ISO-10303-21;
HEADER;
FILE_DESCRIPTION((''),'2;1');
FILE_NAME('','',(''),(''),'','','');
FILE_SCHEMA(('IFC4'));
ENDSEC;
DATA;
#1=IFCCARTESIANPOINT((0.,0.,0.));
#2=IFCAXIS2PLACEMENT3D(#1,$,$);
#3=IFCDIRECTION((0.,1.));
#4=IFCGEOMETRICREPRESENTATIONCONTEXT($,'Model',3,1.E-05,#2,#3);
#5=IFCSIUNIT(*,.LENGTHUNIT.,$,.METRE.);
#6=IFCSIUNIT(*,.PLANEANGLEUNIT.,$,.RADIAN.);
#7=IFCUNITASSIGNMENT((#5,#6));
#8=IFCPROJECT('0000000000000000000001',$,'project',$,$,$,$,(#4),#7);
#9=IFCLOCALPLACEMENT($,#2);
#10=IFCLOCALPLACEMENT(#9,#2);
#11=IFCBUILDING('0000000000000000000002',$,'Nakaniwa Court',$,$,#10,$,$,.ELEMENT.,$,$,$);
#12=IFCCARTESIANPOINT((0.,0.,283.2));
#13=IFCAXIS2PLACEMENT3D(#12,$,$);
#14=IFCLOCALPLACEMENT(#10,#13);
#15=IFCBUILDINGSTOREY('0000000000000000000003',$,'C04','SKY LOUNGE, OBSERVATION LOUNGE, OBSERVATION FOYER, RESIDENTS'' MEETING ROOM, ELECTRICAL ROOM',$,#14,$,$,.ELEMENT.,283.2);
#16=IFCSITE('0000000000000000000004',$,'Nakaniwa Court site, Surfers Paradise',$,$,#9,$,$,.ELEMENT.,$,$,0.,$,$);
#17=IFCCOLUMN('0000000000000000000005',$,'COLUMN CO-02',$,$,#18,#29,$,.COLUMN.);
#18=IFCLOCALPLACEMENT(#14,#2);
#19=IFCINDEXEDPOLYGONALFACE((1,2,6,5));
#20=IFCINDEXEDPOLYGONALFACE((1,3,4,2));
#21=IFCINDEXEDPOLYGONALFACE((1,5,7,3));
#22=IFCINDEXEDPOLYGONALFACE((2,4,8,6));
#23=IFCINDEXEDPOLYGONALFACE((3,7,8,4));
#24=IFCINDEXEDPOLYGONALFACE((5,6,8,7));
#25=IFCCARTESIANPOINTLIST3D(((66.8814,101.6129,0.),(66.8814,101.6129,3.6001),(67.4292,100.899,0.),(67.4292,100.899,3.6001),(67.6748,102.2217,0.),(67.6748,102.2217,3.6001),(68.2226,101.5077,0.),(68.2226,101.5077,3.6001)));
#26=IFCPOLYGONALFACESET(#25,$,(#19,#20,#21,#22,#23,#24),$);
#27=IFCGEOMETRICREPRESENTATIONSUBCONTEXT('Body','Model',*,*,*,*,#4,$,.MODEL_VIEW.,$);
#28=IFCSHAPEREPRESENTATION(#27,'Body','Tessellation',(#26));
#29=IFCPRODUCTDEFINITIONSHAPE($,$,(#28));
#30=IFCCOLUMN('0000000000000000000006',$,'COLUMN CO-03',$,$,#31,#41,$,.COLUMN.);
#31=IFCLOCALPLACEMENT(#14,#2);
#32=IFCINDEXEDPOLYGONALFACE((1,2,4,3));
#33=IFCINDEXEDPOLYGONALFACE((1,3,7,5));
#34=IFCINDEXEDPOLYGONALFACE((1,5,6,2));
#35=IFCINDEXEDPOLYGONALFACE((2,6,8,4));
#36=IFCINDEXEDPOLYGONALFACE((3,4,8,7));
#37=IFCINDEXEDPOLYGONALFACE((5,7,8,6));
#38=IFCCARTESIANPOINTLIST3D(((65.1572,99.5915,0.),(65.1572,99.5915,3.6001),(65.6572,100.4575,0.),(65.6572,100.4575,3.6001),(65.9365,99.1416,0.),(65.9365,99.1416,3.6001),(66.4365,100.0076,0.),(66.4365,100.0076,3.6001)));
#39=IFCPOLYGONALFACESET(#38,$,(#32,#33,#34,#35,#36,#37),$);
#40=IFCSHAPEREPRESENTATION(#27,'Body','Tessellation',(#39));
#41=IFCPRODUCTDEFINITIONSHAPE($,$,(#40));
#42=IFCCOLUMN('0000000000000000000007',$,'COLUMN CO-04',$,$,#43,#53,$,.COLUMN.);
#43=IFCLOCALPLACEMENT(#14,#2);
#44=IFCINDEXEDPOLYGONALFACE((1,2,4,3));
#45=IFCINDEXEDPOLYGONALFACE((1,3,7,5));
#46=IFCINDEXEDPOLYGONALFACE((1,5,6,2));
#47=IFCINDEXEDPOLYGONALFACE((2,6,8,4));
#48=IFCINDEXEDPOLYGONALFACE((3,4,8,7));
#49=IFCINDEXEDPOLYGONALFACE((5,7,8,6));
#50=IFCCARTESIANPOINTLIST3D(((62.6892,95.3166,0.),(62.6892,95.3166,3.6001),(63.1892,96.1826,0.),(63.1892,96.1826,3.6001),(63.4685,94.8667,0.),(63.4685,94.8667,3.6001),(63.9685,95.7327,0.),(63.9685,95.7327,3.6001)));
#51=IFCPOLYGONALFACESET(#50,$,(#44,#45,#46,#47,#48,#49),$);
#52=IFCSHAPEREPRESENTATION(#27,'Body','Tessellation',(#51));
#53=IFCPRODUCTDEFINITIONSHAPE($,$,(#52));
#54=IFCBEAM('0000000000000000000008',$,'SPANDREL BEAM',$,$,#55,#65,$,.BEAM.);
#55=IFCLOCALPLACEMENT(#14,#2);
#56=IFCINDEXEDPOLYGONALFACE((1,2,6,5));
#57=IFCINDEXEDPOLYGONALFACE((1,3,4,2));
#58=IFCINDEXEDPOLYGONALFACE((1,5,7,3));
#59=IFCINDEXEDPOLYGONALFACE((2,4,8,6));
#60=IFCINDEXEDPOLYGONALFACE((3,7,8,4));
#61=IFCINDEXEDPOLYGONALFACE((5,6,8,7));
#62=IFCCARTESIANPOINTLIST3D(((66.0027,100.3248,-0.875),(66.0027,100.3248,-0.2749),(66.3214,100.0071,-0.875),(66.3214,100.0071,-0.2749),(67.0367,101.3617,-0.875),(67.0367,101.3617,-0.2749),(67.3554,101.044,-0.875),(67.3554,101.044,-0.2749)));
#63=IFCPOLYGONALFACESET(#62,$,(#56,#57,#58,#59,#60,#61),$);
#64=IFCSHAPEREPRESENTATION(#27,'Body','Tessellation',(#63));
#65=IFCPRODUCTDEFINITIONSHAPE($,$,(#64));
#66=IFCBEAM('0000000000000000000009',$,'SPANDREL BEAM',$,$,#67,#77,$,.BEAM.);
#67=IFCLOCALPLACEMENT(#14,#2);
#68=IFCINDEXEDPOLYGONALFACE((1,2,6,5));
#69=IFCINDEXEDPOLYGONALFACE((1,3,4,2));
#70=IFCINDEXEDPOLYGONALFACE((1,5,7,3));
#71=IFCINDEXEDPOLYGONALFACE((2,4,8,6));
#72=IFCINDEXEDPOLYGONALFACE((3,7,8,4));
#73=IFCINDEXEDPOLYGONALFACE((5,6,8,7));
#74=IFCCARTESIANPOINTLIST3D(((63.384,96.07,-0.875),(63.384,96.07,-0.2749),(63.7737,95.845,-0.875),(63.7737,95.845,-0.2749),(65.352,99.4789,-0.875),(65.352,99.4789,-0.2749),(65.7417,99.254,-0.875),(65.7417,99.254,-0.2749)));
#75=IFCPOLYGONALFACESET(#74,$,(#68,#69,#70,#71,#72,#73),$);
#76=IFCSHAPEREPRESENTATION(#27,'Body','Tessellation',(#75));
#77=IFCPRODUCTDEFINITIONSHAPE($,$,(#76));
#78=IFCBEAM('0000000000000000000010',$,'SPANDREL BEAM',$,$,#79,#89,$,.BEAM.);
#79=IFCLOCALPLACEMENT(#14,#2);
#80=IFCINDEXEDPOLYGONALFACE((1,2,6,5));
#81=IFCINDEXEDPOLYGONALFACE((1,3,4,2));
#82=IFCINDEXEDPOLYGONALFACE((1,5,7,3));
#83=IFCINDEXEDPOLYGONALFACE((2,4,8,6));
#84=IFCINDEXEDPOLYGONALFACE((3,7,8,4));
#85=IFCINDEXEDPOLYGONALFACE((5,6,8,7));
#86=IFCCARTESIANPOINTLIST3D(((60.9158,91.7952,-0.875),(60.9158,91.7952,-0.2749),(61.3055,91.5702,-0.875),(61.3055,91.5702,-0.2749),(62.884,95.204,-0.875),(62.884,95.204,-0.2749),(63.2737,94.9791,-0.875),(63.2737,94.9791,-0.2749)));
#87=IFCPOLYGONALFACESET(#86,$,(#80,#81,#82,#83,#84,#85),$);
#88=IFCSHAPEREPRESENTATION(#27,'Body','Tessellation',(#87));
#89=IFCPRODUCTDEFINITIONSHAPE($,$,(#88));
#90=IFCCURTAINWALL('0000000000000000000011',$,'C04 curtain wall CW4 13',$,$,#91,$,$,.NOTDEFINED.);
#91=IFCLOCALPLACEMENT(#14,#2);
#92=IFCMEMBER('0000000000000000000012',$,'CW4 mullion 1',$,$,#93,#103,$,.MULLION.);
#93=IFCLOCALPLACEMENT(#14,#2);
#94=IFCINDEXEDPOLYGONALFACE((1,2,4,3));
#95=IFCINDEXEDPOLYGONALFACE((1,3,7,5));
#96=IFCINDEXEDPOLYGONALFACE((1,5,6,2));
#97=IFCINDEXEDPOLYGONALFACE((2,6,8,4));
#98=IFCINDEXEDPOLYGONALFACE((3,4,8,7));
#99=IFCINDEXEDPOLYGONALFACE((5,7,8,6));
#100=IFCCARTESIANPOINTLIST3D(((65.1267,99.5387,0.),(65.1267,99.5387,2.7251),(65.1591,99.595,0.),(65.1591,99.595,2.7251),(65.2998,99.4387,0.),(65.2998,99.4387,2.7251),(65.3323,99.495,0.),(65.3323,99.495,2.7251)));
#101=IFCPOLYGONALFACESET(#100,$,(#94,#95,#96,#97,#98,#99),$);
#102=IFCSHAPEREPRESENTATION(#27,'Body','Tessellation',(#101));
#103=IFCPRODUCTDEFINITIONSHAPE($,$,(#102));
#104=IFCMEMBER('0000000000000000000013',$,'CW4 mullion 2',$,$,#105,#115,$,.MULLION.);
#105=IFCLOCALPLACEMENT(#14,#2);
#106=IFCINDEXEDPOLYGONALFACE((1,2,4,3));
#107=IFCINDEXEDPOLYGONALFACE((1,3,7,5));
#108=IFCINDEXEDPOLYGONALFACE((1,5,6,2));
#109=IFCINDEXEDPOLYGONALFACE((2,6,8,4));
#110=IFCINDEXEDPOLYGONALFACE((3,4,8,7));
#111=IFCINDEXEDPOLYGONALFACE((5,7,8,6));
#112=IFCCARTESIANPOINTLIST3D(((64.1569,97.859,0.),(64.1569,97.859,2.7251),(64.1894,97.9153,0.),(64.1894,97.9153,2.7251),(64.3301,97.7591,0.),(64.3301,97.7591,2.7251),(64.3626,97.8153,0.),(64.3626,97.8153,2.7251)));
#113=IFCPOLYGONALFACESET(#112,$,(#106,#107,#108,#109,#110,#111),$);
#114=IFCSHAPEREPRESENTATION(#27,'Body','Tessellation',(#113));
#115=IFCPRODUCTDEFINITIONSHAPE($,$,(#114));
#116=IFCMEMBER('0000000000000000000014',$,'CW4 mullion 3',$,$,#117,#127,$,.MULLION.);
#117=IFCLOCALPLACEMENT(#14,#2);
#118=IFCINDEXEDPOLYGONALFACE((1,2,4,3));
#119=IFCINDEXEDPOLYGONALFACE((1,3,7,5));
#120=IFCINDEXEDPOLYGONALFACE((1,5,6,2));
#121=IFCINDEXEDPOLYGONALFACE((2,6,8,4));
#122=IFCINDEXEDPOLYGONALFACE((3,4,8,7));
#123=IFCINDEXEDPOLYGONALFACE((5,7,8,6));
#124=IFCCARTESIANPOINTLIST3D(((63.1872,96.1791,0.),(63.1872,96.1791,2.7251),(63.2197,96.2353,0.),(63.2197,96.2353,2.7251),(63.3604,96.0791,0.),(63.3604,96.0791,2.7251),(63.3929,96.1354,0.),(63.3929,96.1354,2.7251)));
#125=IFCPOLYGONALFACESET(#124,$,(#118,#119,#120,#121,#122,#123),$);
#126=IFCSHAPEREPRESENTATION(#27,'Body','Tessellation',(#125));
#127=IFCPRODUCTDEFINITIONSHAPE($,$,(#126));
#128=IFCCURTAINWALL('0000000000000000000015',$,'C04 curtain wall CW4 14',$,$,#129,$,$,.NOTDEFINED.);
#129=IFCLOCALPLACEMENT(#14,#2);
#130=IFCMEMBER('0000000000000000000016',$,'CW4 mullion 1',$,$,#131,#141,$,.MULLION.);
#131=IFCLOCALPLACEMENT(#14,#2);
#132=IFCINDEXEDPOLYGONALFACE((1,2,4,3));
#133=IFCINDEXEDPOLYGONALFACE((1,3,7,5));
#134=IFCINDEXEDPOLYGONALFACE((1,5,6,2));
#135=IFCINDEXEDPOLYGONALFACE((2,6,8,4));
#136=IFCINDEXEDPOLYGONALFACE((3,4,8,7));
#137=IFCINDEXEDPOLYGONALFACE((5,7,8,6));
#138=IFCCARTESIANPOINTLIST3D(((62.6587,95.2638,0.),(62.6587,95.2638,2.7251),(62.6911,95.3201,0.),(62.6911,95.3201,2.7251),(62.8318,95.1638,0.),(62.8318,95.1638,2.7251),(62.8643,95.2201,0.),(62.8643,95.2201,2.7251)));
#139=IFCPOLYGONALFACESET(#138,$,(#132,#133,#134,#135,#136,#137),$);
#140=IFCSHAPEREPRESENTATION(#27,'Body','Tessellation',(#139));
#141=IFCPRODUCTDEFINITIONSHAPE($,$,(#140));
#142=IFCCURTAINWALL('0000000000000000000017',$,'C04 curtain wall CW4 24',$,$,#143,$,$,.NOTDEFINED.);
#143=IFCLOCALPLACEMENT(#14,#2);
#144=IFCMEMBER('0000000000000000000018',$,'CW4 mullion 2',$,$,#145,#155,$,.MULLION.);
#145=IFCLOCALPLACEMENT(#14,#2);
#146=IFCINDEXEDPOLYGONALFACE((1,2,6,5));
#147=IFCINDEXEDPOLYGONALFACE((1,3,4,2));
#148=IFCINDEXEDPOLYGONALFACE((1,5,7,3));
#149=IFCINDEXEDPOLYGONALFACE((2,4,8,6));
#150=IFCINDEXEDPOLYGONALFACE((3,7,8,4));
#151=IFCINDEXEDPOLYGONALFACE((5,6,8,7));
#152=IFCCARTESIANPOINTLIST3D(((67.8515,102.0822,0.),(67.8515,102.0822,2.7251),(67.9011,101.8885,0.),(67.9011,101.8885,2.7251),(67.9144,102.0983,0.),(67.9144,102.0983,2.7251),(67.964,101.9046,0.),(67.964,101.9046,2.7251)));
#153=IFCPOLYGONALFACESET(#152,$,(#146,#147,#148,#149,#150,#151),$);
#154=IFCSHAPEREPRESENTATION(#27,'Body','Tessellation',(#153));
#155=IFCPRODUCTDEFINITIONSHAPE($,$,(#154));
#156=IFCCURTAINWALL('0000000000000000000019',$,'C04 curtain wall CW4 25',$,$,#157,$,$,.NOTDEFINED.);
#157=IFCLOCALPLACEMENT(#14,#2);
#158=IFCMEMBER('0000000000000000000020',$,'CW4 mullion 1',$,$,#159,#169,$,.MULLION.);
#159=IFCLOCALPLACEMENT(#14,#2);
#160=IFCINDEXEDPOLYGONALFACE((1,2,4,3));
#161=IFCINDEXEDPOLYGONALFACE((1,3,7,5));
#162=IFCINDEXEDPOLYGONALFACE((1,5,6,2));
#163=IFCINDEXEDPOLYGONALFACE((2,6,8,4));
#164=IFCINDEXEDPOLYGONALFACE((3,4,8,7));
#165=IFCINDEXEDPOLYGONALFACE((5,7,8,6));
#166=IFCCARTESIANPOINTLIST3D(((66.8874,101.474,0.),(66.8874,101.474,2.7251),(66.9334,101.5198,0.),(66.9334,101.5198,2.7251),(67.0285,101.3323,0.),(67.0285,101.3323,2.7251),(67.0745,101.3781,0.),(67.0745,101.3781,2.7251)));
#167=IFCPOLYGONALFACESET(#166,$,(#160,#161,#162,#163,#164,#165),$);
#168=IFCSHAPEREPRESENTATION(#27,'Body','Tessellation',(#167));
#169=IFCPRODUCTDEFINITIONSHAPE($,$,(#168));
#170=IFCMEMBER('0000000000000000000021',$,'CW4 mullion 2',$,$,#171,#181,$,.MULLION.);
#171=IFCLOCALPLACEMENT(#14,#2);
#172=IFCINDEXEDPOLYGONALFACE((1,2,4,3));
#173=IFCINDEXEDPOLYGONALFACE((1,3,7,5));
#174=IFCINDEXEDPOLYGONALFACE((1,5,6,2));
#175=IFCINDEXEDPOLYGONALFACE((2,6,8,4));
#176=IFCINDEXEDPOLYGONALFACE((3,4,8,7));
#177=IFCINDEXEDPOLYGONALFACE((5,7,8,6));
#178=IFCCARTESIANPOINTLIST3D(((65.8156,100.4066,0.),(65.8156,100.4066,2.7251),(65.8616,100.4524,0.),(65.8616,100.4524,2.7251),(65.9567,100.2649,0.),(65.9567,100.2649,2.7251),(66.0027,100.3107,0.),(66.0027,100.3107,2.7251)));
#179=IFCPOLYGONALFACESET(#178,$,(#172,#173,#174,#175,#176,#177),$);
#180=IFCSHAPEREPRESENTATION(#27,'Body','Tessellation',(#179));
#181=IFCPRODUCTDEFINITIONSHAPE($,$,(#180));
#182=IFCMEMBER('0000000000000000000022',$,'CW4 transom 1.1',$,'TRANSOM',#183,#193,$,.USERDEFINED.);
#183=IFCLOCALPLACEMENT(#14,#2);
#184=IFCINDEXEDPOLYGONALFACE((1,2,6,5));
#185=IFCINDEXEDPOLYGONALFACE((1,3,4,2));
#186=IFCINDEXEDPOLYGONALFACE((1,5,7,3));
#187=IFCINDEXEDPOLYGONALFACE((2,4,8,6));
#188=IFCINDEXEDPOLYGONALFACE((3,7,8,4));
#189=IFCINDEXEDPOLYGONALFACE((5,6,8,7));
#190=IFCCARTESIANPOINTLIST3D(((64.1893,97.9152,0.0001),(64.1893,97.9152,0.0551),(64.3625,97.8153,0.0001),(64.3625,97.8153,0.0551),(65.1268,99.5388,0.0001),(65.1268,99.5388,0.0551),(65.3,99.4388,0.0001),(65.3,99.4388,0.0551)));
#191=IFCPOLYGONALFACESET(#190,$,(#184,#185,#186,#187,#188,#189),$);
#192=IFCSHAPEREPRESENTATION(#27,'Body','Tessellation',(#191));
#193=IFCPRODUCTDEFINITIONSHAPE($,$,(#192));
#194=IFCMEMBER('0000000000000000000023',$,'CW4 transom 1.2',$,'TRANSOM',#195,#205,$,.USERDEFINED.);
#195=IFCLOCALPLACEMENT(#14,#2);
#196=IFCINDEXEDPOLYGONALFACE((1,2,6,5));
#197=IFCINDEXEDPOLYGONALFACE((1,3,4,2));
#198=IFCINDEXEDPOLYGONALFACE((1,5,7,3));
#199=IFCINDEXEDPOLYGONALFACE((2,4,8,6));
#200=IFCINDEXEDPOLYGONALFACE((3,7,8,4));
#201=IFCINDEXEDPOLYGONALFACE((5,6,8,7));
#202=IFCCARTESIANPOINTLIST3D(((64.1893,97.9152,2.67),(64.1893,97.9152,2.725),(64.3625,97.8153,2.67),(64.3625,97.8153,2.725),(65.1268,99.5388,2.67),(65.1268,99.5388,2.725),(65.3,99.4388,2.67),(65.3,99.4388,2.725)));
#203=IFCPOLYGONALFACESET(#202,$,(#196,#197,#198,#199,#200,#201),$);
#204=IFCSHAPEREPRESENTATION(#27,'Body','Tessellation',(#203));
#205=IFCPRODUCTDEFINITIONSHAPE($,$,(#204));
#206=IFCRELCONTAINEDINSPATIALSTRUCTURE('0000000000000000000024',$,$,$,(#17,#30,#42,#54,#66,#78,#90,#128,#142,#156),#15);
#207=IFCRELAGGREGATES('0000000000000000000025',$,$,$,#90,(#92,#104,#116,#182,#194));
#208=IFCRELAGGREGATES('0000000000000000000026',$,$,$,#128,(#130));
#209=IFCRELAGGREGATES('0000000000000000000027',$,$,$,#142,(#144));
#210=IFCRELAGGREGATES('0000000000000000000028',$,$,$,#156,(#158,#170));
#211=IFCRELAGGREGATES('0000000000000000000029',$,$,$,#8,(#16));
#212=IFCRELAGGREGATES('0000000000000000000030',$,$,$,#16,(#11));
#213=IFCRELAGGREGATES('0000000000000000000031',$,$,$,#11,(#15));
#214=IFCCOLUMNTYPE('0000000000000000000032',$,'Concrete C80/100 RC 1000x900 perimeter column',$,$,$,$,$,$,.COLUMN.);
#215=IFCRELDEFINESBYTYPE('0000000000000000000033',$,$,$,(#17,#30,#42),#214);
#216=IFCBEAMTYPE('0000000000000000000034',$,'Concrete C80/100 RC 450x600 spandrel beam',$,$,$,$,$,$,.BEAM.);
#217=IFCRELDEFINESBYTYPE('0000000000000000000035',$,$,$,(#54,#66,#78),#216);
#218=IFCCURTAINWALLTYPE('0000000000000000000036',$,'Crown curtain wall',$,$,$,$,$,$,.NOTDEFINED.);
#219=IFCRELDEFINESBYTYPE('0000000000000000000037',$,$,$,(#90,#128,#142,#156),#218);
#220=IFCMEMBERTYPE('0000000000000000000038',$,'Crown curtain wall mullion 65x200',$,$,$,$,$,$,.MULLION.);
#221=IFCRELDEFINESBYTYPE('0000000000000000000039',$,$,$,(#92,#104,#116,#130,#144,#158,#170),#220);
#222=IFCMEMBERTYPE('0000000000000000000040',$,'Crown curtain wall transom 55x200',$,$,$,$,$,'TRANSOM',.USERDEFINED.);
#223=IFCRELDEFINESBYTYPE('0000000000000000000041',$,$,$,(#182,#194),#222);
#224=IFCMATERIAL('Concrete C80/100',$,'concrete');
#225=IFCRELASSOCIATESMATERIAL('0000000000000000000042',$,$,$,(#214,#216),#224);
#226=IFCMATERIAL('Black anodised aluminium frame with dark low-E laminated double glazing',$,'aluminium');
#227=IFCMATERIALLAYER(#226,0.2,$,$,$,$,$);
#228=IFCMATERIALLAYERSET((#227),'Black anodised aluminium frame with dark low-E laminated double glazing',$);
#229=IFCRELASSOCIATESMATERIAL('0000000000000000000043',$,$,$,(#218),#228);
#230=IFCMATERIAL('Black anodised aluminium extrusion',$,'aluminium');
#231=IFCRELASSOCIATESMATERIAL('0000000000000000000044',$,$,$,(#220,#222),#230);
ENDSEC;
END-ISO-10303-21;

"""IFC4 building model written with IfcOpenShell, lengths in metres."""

from ifc_helpers import new_model, si_unit, direction, frame, origin, origin_2d, place, context, subcontext, project, spatial, rectangle, extrude, material, layer, layer_set, material_profile, profile_set, type_object, element, aggregate, save


model = new_model("IFC4")

# Units and contexts
model_context = context("Model", 3, precision=1e-05, world=origin(), true_north=direction((0.0, 1.0)))
body_context = subcontext(model_context, "Body", "Model", "MODEL_VIEW")
ifc_project = project(units=[si_unit("LENGTHUNIT", "METRE"), si_unit("PLANEANGLEUNIT", "RADIAN")], contexts=[model_context])

# Site, building, storey
site_placement = place(None, origin())
site = spatial("IfcSite", under=ifc_project, at=site_placement, Name="Nakaniwa Court site, Surfers Paradise", CompositionType="ELEMENT", RefElevation=0.0)
building_placement = place(site_placement, origin())
building = spatial("IfcBuilding", under=site, at=building_placement, Name="Nakaniwa Court", CompositionType="ELEMENT")
storey_placement = place(building_placement, frame((0.0, 0.0, 283.2)))
storey = spatial("IfcBuildingStorey", under=building, at=storey_placement, Name="C04", Description="SKY LOUNGE, OBSERVATION LOUNGE, OBSERVATION FOYER, RESIDENTS' MEETING ROOM, ELECTRICAL ROOM", CompositionType="ELEMENT", Elevation=283.2)

# Columns
ifc_material_1 = material(Name="Concrete C80/100", Category="concrete")
ifc_material_profile_1 = material_profile(ifc_material_1, rectangle(XDim=1.0, YDim=0.8999, at=origin_2d()), Name="Concrete C80/100 RC 1000x900 perimeter column")
ifc_profile_set_1 = profile_set([ifc_material_profile_1], Name="Concrete C80/100")
column_type = type_object("IfcColumnType", Name="Concrete C80/100 RC 1000x900 perimeter column", PredefinedType="COLUMN", material=ifc_profile_set_1)
for number, where, z_axis, x_axis, name in (
    (1, (67.552, 101.5603, 0.0), (0.0, 0.0, 1.0), (-0.793364, -0.608748, 0.0), "COLUMN CO-02"),
    (2, (65.7969, 99.7996, 0.0), (0.0, 0.0, 1.0), (-0.5, -0.866025, 0.0), "COLUMN CO-03"),
    (3, (63.3289, 95.5247, 0.0), (0.0, 0.0, 1.0), (-0.5, -0.866025, 0.0), "COLUMN CO-04"),
):
    element("IfcColumn", number, at=place(storey_placement, frame(where, z_axis=z_axis, x_axis=x_axis)), inside=storey, type_object=column_type, Name=name, PredefinedType="COLUMN", context=body_context, shape_type="SweptSolid", body=[
        extrude(rectangle(XDim=1.0, YDim=0.8999, at=origin_2d()), origin(), (0.0, 0.0, 1.0), 3.6001),
    ])

# Beams
ifc_material_profile_2 = material_profile(ifc_material_1, rectangle(XDim=0.45, YDim=0.6001, at=origin_2d()), Name="Concrete C80/100 RC 450x600 spandrel beam")
ifc_profile_set_2 = profile_set([ifc_material_profile_2], Name="Concrete C80/100")
beam_type = type_object("IfcBeamType", Name="Concrete C80/100 RC 450x600 spandrel beam", PredefinedType="BEAM", material=ifc_profile_set_2)
beam_placement = place(storey_placement, frame((67.196, 101.2029, -0.575), z_axis=(-0.706106, -0.708106, 0.0), x_axis=(0.708106, -0.706106, 0.0)))
element("IfcBeam", 4, at=beam_placement, inside=storey, type_object=beam_type, Name="SPANDREL BEAM", PredefinedType="BEAM", context=body_context, shape_type="SweptSolid", body=[
    extrude(rectangle(XDim=0.45, YDim=0.6001, at=origin_2d()), origin(), (0.0, 0.0, 1.0), 1.4644),
])
for number, where, z_axis, x_axis, name in (
    (5, (65.5469, 99.3665, -0.575), (-0.499975, -0.86604, 0.0), (0.86604, -0.499975, 0.0), "SPANDREL BEAM"),
    (6, (63.0789, 95.0916, -0.575), (-0.500021, -0.866013, 0.0), (0.866013, -0.500021, 0.0), "SPANDREL BEAM"),
):
    element("IfcBeam", number, at=place(storey_placement, frame(where, z_axis=z_axis, x_axis=x_axis)), inside=storey, type_object=beam_type, Name=name, PredefinedType="BEAM", context=body_context, shape_type="SweptSolid", body=[
        extrude(rectangle(XDim=0.45, YDim=0.6001, at=origin_2d()), origin(), (0.0, 0.0, 1.0), 3.9363),
    ])

# Curtain wall, members
ifc_material_2 = material(Name="Black anodised aluminium frame with dark low-E laminated double glazing", Category="aluminium")
ifc_layer_1 = layer(ifc_material_2, 0.2)
ifc_layer_set_1 = layer_set([ifc_layer_1], Name="Black anodised aluminium frame with dark low-E laminated double glazing")
curtain_wall_type = type_object("IfcCurtainWallType", Name="Crown curtain wall", PredefinedType="NOTDEFINED", material=ifc_layer_set_1)
curtain_wall_1_placement = place(storey_placement, origin())
curtain_wall_1 = element("IfcCurtainWall", 7, at=curtain_wall_1_placement, inside=storey, type_object=curtain_wall_type, Name="C04 curtain wall CW4 13", PredefinedType="NOTDEFINED")
ifc_material_3 = material(Name="Black anodised aluminium extrusion", Category="aluminium")
ifc_material_profile_3 = material_profile(ifc_material_3, rectangle(XDim=0.2, YDim=0.0649, at=origin_2d()), Name="Crown curtain wall mullion 65x200")
ifc_profile_set_3 = profile_set([ifc_material_profile_3], Name="Black anodised aluminium extrusion")
member_type_1 = type_object("IfcMemberType", Name="Crown curtain wall mullion 65x200", PredefinedType="MULLION", material=ifc_profile_set_3)
member_1_placement = place(storey_placement, frame((65.2295, 99.5168, 0.0), z_axis=(0.0, 0.0, 1.0), x_axis=(0.866033, -0.499987, 0.0)))
member_1 = element("IfcMember", 8, at=member_1_placement, type_object=member_type_1, Name="CW4 mullion 1", PredefinedType="MULLION", context=body_context, shape_type="SweptSolid", body=[
    extrude(rectangle(XDim=0.2, YDim=0.0649, at=origin_2d()), origin(), (0.0, 0.0, 1.0), 2.7251),
])
member_2_placement = place(storey_placement, frame((64.2598, 97.8372, 0.0), z_axis=(0.0, 0.0, 1.0), x_axis=(0.866033, -0.499987, 0.0)))
member_2 = element("IfcMember", 9, at=member_2_placement, type_object=member_type_1, Name="CW4 mullion 2", PredefinedType="MULLION", context=body_context, shape_type="SweptSolid", body=[
    extrude(rectangle(XDim=0.2, YDim=0.0649, at=origin_2d()), origin(), (0.0, 0.0, 1.0), 2.7251),
])
member_3_placement = place(storey_placement, frame((63.29, 96.1572, 0.0), z_axis=(0.0, 0.0, 1.0), x_axis=(0.866033, -0.499987, 0.0)))
member_3 = element("IfcMember", 10, at=member_3_placement, type_object=member_type_1, Name="CW4 mullion 3", PredefinedType="MULLION", context=body_context, shape_type="SweptSolid", body=[
    extrude(rectangle(XDim=0.2, YDim=0.0649, at=origin_2d()), origin(), (0.0, 0.0, 1.0), 2.7251),
])

# Curtain walls, members
curtain_wall_2_placement = place(storey_placement, origin())
curtain_wall_2 = element("IfcCurtainWall", 11, at=curtain_wall_2_placement, inside=storey, type_object=curtain_wall_type, Name="C04 curtain wall CW4 14", PredefinedType="NOTDEFINED")
member_4_placement = place(storey_placement, frame((62.7615, 95.2419, 0.0), z_axis=(0.0, 0.0, 1.0), x_axis=(0.866033, -0.499987, 0.0)))
member_4 = element("IfcMember", 12, at=member_4_placement, type_object=member_type_1, Name="CW4 mullion 1", PredefinedType="MULLION", context=body_context, shape_type="SweptSolid", body=[
    extrude(rectangle(XDim=0.2, YDim=0.0649, at=origin_2d()), origin(), (0.0, 0.0, 1.0), 2.7251),
])
curtain_wall_3_placement = place(storey_placement, origin())
curtain_wall_3 = element("IfcCurtainWall", 13, at=curtain_wall_3_placement, inside=storey, type_object=curtain_wall_type, Name="C04 curtain wall CW4 24", PredefinedType="NOTDEFINED")
member_5_placement = place(storey_placement, frame((67.9077, 101.9934, 0.0), z_axis=(0.0, 0.0, 1.0), x_axis=(0.248053, -0.968746, 0.0)))
member_5 = element("IfcMember", 14, at=member_5_placement, type_object=member_type_1, Name="CW4 mullion 2", PredefinedType="MULLION", context=body_context, shape_type="SweptSolid", body=[
    extrude(rectangle(XDim=0.2, YDim=0.0649, at=origin_2d()), origin(), (0.0, 0.0, 1.0), 2.7251),
])

# Curtain wall, members
curtain_wall_4_placement = place(storey_placement, origin())
curtain_wall_4 = element("IfcCurtainWall", 15, at=curtain_wall_4_placement, inside=storey, type_object=curtain_wall_type, Name="C04 curtain wall CW4 25", PredefinedType="NOTDEFINED")
member_6_placement = place(storey_placement, frame((66.981, 101.426, 0.0), z_axis=(0.0, 0.0, 1.0), x_axis=(0.705647, -0.708563, 0.0)))
member_6 = element("IfcMember", 16, at=member_6_placement, type_object=member_type_1, Name="CW4 mullion 1", PredefinedType="MULLION", context=body_context, shape_type="SweptSolid", body=[
    extrude(rectangle(XDim=0.2, YDim=0.0649, at=origin_2d()), origin(), (0.0, 0.0, 1.0), 2.7251),
])
member_7_placement = place(storey_placement, frame((65.9092, 100.3586, 0.0), z_axis=(0.0, 0.0, 1.0), x_axis=(0.705647, -0.708563, 0.0)))
member_7 = element("IfcMember", 17, at=member_7_placement, type_object=member_type_1, Name="CW4 mullion 2", PredefinedType="MULLION", context=body_context, shape_type="SweptSolid", body=[
    extrude(rectangle(XDim=0.2, YDim=0.0649, at=origin_2d()), origin(), (0.0, 0.0, 1.0), 2.7251),
])

# Members
ifc_material_profile_4 = material_profile(ifc_material_3, rectangle(XDim=0.2, YDim=0.0549, at=origin_2d()), Name="Crown curtain wall transom 55x200")
ifc_profile_set_4 = profile_set([ifc_material_profile_4], Name="Black anodised aluminium extrusion")
member_type_2 = type_object("IfcMemberType", Name="Crown curtain wall transom 55x200", ElementType="TRANSOM", PredefinedType="USERDEFINED", material=ifc_profile_set_4)
member_8_placement = place(storey_placement, frame((65.2134, 99.4888, 0.0276), z_axis=(-0.500061, -0.86599, 0.0), x_axis=(0.86599, -0.500061, 0.0)))
member_8 = element("IfcMember", 18, at=member_8_placement, type_object=member_type_2, Name="CW4 transom 1.1", ObjectType="TRANSOM", PredefinedType="USERDEFINED", context=body_context, shape_type="SweptSolid", body=[
    extrude(rectangle(XDim=0.2, YDim=0.0549, at=origin_2d()), origin(), (0.0, 0.0, 1.0), 1.8748),
])
member_9_placement = place(storey_placement, frame((65.2134, 99.4888, 2.6975), z_axis=(-0.500061, -0.86599, 0.0), x_axis=(0.86599, -0.500061, 0.0)))
member_9 = element("IfcMember", 19, at=member_9_placement, type_object=member_type_2, Name="CW4 transom 1.2", ObjectType="TRANSOM", PredefinedType="USERDEFINED", context=body_context, shape_type="SweptSolid", body=[
    extrude(rectangle(XDim=0.2, YDim=0.0549, at=origin_2d()), origin(), (0.0, 0.0, 1.0), 1.8748),
])

aggregate(curtain_wall_1, [member_1, member_2, member_3, member_8, member_9])
aggregate(curtain_wall_2, [member_4])
aggregate(curtain_wall_3, [member_5])
aggregate(curtain_wall_4, [member_6, member_7])

save(model, "model.ifc")
